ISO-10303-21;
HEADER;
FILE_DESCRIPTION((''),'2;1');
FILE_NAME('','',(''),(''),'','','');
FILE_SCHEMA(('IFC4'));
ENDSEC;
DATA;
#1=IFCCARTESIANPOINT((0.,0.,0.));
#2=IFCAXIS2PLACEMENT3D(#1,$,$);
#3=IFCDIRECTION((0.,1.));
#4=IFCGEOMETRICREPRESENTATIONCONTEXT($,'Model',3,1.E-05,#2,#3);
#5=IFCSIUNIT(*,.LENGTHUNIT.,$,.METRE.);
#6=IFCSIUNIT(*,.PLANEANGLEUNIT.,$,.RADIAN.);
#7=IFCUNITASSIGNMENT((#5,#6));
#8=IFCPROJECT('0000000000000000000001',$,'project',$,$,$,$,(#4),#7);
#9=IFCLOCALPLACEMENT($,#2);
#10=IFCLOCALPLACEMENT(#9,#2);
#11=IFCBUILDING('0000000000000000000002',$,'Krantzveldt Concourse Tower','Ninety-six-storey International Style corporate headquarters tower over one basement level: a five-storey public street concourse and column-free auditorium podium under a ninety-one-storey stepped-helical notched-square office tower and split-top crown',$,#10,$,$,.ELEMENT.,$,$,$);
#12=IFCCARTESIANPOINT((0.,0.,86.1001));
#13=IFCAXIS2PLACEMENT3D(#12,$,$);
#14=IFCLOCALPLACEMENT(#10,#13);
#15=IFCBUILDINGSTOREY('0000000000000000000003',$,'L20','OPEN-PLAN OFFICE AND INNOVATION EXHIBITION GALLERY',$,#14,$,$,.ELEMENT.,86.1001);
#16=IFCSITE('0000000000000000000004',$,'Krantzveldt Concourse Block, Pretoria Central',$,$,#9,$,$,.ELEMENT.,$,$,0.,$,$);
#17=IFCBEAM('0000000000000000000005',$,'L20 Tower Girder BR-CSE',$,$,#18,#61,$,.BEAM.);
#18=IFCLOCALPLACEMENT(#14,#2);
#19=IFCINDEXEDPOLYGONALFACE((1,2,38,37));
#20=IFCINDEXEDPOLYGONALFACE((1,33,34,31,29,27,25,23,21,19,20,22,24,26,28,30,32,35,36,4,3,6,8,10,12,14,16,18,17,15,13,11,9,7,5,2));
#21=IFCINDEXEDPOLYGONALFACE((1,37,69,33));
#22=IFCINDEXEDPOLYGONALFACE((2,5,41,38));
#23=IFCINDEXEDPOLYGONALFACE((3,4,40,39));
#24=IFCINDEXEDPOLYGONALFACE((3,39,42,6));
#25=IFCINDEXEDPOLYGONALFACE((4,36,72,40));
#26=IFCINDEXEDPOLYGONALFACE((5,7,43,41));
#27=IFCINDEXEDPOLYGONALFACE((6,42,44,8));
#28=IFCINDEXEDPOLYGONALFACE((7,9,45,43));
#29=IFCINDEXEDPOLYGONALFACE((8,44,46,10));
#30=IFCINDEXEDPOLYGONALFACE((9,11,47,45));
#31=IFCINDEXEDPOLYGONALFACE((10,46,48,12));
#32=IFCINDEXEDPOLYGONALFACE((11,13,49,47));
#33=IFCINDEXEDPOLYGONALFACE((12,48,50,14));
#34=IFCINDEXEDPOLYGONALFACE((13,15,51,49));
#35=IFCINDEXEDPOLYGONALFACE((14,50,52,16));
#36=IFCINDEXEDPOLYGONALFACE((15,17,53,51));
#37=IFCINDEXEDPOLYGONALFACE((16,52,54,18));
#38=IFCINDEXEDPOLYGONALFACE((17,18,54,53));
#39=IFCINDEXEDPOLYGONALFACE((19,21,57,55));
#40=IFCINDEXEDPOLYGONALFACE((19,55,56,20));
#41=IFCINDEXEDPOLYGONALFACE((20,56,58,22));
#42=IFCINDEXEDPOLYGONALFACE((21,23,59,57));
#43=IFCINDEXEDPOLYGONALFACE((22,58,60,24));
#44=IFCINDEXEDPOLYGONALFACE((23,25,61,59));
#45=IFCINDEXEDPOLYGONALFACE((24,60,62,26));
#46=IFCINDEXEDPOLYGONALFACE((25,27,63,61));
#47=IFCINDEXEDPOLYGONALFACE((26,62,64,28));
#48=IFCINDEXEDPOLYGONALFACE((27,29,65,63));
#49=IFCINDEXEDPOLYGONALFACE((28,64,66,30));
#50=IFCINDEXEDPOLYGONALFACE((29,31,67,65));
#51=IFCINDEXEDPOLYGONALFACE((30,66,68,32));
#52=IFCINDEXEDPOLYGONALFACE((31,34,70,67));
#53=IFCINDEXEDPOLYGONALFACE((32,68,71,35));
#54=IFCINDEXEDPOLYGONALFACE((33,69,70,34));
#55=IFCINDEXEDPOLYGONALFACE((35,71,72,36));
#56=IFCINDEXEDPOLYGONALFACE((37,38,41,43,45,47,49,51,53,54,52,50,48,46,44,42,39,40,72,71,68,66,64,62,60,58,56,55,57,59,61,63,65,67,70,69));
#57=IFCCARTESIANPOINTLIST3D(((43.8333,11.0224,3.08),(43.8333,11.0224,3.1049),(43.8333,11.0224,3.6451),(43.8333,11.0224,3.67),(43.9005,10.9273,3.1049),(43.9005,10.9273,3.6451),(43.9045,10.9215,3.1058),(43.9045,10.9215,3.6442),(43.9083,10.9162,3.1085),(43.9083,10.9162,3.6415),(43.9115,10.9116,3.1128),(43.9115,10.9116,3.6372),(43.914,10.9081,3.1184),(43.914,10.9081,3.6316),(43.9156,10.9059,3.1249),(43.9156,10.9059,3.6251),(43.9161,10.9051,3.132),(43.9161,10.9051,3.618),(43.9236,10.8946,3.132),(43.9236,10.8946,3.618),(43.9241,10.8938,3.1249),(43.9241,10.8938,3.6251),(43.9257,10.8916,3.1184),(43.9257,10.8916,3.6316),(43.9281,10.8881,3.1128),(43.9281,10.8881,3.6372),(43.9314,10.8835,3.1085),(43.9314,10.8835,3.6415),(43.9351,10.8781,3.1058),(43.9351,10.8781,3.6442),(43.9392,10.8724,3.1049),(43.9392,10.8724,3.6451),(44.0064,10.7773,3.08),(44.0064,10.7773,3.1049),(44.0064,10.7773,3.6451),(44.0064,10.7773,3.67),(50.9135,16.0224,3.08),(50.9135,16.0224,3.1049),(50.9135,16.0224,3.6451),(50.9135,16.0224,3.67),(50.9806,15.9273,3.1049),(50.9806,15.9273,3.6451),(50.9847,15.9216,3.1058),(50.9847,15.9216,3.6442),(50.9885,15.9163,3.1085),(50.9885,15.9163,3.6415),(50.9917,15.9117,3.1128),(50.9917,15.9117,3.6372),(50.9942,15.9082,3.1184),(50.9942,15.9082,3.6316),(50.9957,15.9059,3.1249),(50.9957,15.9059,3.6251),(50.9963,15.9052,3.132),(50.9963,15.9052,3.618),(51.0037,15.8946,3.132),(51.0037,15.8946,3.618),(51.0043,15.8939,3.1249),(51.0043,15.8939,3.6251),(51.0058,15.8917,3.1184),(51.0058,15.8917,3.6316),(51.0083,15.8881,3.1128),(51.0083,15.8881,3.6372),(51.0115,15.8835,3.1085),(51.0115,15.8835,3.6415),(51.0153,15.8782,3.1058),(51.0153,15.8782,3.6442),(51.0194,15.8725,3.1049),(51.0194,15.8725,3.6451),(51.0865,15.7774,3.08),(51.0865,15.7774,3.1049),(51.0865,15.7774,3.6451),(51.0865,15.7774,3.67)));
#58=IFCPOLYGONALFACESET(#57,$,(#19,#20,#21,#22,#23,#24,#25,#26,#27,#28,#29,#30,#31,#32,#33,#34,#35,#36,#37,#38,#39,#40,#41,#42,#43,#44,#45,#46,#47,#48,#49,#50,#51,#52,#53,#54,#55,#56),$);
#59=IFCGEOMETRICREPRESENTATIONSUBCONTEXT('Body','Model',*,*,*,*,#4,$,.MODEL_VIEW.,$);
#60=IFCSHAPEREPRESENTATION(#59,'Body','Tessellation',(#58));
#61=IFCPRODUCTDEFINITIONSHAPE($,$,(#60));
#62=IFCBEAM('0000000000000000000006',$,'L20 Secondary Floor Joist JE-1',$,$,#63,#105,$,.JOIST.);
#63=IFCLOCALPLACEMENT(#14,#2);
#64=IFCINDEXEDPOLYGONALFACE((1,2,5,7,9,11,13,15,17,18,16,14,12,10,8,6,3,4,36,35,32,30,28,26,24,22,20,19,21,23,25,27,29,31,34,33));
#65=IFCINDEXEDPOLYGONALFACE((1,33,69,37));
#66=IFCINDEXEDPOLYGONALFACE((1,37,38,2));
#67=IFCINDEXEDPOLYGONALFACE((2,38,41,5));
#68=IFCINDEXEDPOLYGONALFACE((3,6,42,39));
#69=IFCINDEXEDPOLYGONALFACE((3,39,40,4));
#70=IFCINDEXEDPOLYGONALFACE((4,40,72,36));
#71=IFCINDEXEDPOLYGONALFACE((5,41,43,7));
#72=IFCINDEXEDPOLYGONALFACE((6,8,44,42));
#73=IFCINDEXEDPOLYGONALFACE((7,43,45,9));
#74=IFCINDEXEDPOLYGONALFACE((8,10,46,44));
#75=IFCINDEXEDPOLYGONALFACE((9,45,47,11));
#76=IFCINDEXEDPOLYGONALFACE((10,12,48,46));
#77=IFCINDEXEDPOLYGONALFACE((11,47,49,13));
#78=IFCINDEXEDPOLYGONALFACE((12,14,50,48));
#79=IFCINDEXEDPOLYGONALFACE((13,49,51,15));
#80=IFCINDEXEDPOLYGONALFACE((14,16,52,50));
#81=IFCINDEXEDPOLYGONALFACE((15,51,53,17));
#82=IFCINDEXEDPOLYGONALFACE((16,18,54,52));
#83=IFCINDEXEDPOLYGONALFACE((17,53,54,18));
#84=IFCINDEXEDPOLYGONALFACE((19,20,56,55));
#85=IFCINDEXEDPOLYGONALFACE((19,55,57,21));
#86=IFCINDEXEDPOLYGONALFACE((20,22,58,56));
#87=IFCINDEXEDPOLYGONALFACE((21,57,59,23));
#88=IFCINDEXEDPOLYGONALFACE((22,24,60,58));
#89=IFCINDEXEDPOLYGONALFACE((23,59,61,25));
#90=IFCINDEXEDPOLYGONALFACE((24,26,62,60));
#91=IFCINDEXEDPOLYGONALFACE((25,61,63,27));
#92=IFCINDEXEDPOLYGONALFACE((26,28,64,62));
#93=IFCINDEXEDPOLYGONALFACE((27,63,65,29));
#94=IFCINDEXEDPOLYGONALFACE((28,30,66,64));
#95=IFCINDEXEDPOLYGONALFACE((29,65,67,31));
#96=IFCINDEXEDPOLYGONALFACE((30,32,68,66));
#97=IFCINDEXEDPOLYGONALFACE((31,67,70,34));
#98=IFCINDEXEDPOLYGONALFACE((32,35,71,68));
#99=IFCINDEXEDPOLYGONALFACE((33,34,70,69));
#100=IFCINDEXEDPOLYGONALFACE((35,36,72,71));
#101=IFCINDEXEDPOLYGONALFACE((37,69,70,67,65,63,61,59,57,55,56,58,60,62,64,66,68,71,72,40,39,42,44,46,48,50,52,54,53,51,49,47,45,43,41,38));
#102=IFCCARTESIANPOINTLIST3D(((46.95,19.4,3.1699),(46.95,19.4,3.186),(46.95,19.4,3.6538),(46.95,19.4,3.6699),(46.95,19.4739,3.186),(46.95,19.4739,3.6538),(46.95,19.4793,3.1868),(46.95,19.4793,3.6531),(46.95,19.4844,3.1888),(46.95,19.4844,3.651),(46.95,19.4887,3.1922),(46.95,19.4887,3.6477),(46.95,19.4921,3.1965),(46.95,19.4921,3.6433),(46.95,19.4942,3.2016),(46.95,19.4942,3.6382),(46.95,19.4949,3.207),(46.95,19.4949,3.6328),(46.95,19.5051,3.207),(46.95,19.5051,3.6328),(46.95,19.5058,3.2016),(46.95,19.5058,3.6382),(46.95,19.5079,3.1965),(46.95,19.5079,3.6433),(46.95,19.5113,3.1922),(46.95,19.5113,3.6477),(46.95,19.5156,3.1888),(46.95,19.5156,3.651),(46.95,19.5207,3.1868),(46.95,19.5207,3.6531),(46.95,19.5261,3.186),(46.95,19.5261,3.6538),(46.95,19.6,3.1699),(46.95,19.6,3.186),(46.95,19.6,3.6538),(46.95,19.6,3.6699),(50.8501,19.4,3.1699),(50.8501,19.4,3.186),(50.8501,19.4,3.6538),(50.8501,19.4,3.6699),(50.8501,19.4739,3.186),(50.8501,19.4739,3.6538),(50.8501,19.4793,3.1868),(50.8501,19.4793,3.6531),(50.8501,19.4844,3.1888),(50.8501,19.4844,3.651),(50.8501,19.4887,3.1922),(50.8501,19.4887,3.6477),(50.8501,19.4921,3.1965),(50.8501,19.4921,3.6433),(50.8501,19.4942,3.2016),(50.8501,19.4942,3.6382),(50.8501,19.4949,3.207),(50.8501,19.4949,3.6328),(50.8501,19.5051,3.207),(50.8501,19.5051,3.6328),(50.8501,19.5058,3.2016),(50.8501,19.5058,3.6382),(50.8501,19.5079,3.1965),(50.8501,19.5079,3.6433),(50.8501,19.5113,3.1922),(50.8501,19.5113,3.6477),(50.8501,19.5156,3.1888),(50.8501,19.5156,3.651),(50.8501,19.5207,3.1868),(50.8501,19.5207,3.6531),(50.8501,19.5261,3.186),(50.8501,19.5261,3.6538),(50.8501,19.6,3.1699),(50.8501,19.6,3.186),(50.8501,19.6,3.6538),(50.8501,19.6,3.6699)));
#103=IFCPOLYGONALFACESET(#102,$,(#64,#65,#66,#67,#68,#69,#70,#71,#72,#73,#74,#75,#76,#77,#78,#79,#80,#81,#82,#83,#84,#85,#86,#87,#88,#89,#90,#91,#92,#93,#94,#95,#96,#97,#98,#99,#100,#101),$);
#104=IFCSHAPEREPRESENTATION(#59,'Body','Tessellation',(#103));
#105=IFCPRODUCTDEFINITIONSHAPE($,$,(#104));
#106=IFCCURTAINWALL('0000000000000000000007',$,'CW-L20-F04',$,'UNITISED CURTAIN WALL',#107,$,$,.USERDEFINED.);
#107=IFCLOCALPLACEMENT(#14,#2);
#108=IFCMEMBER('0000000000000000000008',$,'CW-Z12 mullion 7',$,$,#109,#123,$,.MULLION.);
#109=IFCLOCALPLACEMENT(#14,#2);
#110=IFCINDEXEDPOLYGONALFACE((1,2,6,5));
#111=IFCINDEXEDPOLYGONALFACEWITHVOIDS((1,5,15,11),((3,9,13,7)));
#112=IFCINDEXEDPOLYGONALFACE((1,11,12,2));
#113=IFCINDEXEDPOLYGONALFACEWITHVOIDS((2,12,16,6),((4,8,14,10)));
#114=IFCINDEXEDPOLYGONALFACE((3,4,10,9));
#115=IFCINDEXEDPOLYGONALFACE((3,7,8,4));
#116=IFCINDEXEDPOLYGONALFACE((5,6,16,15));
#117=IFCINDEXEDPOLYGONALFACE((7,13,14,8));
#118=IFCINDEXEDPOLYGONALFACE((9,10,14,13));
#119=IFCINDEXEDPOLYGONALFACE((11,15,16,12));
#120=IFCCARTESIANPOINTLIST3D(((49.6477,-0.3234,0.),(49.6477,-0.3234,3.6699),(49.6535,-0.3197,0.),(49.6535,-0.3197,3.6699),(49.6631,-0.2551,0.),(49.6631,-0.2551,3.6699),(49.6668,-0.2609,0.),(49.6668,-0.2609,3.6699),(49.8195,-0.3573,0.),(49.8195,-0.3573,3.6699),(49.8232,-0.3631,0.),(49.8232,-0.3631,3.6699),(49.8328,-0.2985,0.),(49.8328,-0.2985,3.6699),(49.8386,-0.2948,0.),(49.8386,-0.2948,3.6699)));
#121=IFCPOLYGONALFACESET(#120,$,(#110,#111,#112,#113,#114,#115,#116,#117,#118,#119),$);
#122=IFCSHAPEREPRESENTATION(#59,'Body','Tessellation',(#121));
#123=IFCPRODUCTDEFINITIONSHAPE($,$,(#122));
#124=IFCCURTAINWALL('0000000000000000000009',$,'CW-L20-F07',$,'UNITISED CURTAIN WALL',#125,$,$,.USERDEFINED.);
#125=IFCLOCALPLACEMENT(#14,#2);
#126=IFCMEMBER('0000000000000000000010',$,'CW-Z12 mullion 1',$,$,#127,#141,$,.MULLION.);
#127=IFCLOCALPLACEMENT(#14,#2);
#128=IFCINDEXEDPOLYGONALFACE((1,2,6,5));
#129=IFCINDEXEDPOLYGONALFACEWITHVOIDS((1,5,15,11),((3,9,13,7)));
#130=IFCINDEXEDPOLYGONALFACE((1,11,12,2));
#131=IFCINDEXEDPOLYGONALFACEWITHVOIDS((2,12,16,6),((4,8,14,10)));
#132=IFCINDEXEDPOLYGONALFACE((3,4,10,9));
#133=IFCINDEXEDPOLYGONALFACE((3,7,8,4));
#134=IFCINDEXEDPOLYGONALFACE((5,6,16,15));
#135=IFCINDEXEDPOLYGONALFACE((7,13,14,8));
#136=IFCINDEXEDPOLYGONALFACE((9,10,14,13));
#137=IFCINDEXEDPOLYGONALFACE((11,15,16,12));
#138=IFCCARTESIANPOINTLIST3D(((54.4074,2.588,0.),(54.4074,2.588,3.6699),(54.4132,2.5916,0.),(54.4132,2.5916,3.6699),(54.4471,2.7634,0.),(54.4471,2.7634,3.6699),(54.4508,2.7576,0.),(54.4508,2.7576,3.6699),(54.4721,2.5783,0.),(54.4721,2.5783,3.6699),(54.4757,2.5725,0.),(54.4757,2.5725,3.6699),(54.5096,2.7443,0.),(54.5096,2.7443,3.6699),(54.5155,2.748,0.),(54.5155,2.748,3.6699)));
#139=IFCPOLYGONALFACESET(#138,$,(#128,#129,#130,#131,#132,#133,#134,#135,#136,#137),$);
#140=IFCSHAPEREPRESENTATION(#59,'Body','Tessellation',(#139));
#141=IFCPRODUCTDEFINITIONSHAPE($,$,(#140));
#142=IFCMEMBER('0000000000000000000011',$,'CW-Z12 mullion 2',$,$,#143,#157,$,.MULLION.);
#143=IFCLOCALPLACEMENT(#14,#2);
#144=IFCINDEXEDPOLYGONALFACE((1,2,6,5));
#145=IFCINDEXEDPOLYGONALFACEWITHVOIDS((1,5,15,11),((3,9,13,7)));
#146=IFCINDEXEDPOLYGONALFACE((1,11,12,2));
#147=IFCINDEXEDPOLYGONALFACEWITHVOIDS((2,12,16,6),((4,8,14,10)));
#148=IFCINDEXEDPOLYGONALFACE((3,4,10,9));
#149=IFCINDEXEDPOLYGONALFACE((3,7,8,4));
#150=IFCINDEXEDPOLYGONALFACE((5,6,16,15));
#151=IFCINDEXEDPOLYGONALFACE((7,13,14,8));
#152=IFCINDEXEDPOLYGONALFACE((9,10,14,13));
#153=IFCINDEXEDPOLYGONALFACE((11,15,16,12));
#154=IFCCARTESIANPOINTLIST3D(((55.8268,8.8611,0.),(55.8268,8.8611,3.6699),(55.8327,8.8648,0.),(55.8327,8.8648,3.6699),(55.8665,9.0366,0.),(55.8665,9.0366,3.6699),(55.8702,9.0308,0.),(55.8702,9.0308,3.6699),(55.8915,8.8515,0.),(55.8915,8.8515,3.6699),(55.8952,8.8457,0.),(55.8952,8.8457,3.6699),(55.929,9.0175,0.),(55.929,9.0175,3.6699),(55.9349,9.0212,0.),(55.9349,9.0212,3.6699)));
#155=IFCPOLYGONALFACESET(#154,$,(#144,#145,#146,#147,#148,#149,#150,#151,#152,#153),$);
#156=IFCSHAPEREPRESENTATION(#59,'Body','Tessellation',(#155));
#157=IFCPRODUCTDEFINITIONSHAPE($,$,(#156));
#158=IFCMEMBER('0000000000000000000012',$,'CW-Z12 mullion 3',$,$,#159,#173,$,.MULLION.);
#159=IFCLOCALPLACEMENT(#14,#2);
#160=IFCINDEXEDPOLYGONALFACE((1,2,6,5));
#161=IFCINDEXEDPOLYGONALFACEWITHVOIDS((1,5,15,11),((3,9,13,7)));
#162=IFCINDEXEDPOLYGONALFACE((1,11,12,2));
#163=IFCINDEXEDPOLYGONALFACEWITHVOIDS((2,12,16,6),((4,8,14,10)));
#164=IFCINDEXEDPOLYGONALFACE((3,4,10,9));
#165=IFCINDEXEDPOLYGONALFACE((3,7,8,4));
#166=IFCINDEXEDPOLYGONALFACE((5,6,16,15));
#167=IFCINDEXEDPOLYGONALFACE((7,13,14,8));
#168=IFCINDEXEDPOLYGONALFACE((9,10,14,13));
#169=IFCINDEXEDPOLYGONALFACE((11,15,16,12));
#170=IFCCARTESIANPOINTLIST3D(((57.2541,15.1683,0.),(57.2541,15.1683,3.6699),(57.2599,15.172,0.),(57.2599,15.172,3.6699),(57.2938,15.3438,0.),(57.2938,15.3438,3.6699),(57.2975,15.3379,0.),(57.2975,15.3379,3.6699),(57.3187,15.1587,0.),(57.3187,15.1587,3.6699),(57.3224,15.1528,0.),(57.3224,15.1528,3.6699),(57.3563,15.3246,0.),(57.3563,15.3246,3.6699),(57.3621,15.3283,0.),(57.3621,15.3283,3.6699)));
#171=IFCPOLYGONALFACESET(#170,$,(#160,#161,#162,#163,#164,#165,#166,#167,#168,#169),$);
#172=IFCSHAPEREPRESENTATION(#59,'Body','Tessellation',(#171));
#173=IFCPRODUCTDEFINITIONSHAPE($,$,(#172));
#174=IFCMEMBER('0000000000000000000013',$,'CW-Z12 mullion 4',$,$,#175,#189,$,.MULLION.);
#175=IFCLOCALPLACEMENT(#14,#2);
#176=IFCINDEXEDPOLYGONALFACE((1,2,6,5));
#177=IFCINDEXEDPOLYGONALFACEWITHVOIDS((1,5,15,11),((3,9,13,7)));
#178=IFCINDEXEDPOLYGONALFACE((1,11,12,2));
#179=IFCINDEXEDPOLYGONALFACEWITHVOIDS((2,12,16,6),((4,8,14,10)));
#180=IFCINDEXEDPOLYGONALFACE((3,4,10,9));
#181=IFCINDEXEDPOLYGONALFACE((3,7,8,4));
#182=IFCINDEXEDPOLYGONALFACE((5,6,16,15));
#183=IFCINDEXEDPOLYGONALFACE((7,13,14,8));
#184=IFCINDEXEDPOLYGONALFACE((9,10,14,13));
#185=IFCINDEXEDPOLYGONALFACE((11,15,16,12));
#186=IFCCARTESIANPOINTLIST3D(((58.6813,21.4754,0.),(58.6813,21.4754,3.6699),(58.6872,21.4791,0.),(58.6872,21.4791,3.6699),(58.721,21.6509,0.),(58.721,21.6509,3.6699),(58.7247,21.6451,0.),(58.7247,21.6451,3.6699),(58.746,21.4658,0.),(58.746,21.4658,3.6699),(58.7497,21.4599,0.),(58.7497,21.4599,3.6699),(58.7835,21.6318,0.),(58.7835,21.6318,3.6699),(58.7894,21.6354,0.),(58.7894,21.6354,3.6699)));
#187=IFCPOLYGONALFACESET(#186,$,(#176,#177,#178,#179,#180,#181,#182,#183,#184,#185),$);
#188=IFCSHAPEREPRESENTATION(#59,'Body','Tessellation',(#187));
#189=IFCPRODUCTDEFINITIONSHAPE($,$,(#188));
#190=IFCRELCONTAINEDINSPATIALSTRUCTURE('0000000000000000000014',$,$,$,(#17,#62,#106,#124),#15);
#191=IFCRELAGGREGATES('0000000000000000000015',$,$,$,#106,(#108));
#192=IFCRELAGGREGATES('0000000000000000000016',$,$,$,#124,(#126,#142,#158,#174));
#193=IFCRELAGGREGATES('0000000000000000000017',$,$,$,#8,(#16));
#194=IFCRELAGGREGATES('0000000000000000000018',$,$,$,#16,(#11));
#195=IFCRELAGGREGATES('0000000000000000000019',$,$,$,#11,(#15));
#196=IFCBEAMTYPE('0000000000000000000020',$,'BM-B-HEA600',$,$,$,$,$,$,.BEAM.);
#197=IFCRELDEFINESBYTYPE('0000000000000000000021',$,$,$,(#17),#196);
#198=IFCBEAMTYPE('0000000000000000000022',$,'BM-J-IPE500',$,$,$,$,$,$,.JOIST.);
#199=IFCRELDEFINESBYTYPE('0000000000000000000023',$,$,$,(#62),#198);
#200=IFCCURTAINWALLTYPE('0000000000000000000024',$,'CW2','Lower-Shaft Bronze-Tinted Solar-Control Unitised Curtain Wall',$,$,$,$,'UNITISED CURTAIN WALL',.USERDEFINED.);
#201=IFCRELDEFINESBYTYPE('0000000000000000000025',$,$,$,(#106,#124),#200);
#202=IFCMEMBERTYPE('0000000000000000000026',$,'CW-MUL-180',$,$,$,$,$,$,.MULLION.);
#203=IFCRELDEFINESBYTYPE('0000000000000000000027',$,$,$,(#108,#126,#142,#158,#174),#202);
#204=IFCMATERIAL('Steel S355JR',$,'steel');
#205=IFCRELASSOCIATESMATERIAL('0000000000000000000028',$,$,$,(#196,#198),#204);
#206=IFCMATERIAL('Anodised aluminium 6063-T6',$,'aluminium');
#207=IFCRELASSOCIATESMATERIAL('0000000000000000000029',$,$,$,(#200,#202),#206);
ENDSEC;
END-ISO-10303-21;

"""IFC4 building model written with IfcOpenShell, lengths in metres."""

from ifc_helpers import new_model, si_unit, direction, frame, origin, origin_2d, place, context, subcontext, project, spatial, hollow_rectangle, i_section, extrude, source, transform, mapped, material, material_profile, profile_set, type_object, type_shapes, element, aggregate, save


model = new_model("IFC4")

# Units and contexts
model_context = context("Model", 3, precision=1e-05, world=origin(), true_north=direction((0.0, 1.0)))
body_context = subcontext(model_context, "Body", "Model", "MODEL_VIEW")
ifc_project = project(units=[si_unit("LENGTHUNIT", "METRE"), si_unit("PLANEANGLEUNIT", "RADIAN")], contexts=[model_context])

# Site, building, storey
site_placement = place(None, origin())
site = spatial("IfcSite", under=ifc_project, at=site_placement, Name="Krantzveldt Concourse Block, Pretoria Central", CompositionType="ELEMENT", RefElevation=0.0)
building_placement = place(site_placement, origin())
building = spatial("IfcBuilding", under=site, at=building_placement, Name="Krantzveldt Concourse Tower", Description="Ninety-six-storey International Style corporate headquarters tower over one basement level: a five-storey public street concourse and column-free auditorium podium under a ninety-one-storey stepped-helical notched-square office tower and split-top crown", CompositionType="ELEMENT")
storey_placement = place(building_placement, frame((0.0, 0.0, 86.1001)))
storey = spatial("IfcBuildingStorey", under=building, at=storey_placement, Name="L20", Description="OPEN-PLAN OFFICE AND INNOVATION EXHIBITION GALLERY", CompositionType="ELEMENT", Elevation=86.1001)

# Beams
ifc_material_1 = material(Name="Steel S355JR", Category="steel")
ifc_material_profile_1 = material_profile(ifc_material_1, i_section(OverallWidth=0.3, OverallDepth=0.5901, WebThickness=0.0129, FlangeThickness=0.0249, FilletRadius=0.0271, at=origin_2d()), Name="Steel S355JR", Category="steel")
ifc_profile_set_1 = profile_set([ifc_material_profile_1], Name="Steel S355JR - HEA 600")
beam_type_1 = type_object("IfcBeamType", Name="BM-B-HEA600", PredefinedType="BEAM", material=ifc_profile_set_1)
shared_shape_1 = source(origin(), body_context, "Body", "SweptSolid", [
    extrude(i_section(OverallWidth=0.3, OverallDepth=0.5901, WebThickness=0.0129, FlangeThickness=0.0249, FilletRadius=0.0271, at=origin_2d()), origin(), (0.0, 0.0, 1.0), 8.6677),
])
beam_1_placement = place(storey_placement, frame((51.0, 15.8999, 3.375), z_axis=(-0.816843, -0.57686, 0.0), x_axis=(0.57686, -0.816843, 0.0)))
element("IfcBeam", 1, at=beam_1_placement, inside=storey, type_object=beam_type_1, Name="L20 Tower Girder BR-CSE", PredefinedType="BEAM", context=body_context, shape_type="MappedRepresentation", body=[
    mapped(shared_shape_1, transform((0.0, 0.0, 0.0), x_axis=(1.0, 0.0, 0.0), y_axis=(0.0, 1.0, 0.0), z_axis=(0.0, 0.0, 1.0), scale=1.0)),
])
ifc_material_profile_2 = material_profile(ifc_material_1, i_section(OverallWidth=0.2, OverallDepth=0.5, WebThickness=0.0103, FlangeThickness=0.0161, FilletRadius=0.021, at=origin_2d()), Name="Steel S355JR", Category="steel")
ifc_profile_set_2 = profile_set([ifc_material_profile_2], Name="Steel S355JR - IPE 500")
beam_type_2 = type_object("IfcBeamType", Name="BM-J-IPE500", PredefinedType="JOIST", material=ifc_profile_set_2)
shared_shape_2 = source(origin(), body_context, "Body", "SweptSolid", [
    extrude(i_section(OverallWidth=0.2, OverallDepth=0.5, WebThickness=0.0103, FlangeThickness=0.0161, FilletRadius=0.021, at=origin_2d()), origin(), (0.0, 0.0, 1.0), 3.9001),
])
type_shapes(beam_type_2, [shared_shape_2])
beam_2_placement = place(storey_placement, frame((46.95, 19.5, 3.4199), z_axis=(1.0, 0.0, 0.0), x_axis=(0.0, 1.0, 0.0)))
element("IfcBeam", 2, at=beam_2_placement, inside=storey, type_object=beam_type_2, Name="L20 Secondary Floor Joist JE-1", PredefinedType="JOIST", context=body_context, shape_type="MappedRepresentation", body=[
    mapped(shared_shape_2, transform((0.0, 0.0, 0.0), x_axis=(1.0, 0.0, 0.0), y_axis=(0.0, 1.0, 0.0), z_axis=(0.0, 0.0, 1.0), scale=1.0)),
])

# Curtain wall, member
ifc_material_2 = material(Name="Anodised aluminium 6063-T6", Category="aluminium")
curtain_wall_type = type_object("IfcCurtainWallType", Name="CW2", Description="Lower-Shaft Bronze-Tinted Solar-Control Unitised Curtain Wall", ElementType="UNITISED CURTAIN WALL", PredefinedType="USERDEFINED", material=ifc_material_2)
curtain_wall_1_placement = place(storey_placement, origin())
curtain_wall_1 = element("IfcCurtainWall", 3, at=curtain_wall_1_placement, inside=storey, type_object=curtain_wall_type, Name="CW-L20-F04", ObjectType="UNITISED CURTAIN WALL", PredefinedType="USERDEFINED")
ifc_material_profile_3 = material_profile(ifc_material_2, hollow_rectangle(XDim=0.0701, YDim=0.1799, WallThickness=0.0049, at=origin_2d()), Name="Anodised aluminium 6063-T6", Category="aluminium")
ifc_profile_set_3 = profile_set([ifc_material_profile_3], Name="Anodised aluminium 6063-T6 - ALU-MULL 180x70x5")
member_type_1 = type_object("IfcMemberType", Name="CW-MUL-180", PredefinedType="MULLION", material=ifc_profile_set_3)
shared_shape_3 = source(origin(), body_context, "Body", "SweptSolid", [
    extrude(hollow_rectangle(XDim=0.0701, YDim=0.1799, WallThickness=0.0049, at=origin_2d()), origin(), (0.0, 0.0, 1.0), 3.6699),
])
type_shapes(member_type_1, [shared_shape_3])
member_1_placement = place(storey_placement, frame((49.7432, -0.3091, 0.0), z_axis=(0.0, 0.0, 1.0), x_axis=(0.220697, 0.975342, 0.0)))
member_1 = element("IfcMember", 4, at=member_1_placement, type_object=member_type_1, Name="CW-Z12 mullion 7", PredefinedType="MULLION", context=body_context, shape_type="MappedRepresentation", body=[
    mapped(shared_shape_3, transform((0.0, 0.0, 0.0), x_axis=(1.0, 0.0, 0.0), y_axis=(0.0, 1.0, 0.0), z_axis=(0.0, 0.0, 1.0), scale=1.0)),
])

# Curtain wall, members
curtain_wall_2_placement = place(storey_placement, origin())
curtain_wall_2 = element("IfcCurtainWall", 5, at=curtain_wall_2_placement, inside=storey, type_object=curtain_wall_type, Name="CW-L20-F07", ObjectType="UNITISED CURTAIN WALL", PredefinedType="USERDEFINED")
member_2_placement = place(storey_placement, frame((54.4614, 2.668, 0.0), z_axis=(0.0, 0.0, 1.0), x_axis=(-0.975342, 0.220697, 0.0)))
member_2 = element("IfcMember", 6, at=member_2_placement, type_object=member_type_1, Name="CW-Z12 mullion 1", PredefinedType="MULLION", context=body_context, shape_type="MappedRepresentation", body=[
    mapped(shared_shape_3, transform((0.0, 0.0, 0.0), x_axis=(1.0, 0.0, 0.0), y_axis=(0.0, 1.0, 0.0), z_axis=(0.0, 0.0, 1.0), scale=1.0)),
])
member_3_placement = place(storey_placement, frame((55.8809, 8.9412, 0.0), z_axis=(0.0, 0.0, 1.0), x_axis=(-0.975342, 0.220697, 0.0)))
member_3 = element("IfcMember", 7, at=member_3_placement, type_object=member_type_1, Name="CW-Z12 mullion 2", PredefinedType="MULLION", context=body_context, shape_type="MappedRepresentation", body=[
    mapped(shared_shape_3, transform((0.0, 0.0, 0.0), x_axis=(1.0, 0.0, 0.0), y_axis=(0.0, 1.0, 0.0), z_axis=(0.0, 0.0, 1.0), scale=1.0)),
])
member_4_placement = place(storey_placement, frame((57.3081, 15.2483, 0.0), z_axis=(0.0, 0.0, 1.0), x_axis=(-0.975342, 0.220697, 0.0)))
member_4 = element("IfcMember", 8, at=member_4_placement, type_object=member_type_1, Name="CW-Z12 mullion 3", PredefinedType="MULLION", context=body_context, shape_type="MappedRepresentation", body=[
    mapped(shared_shape_3, transform((0.0, 0.0, 0.0), x_axis=(1.0, 0.0, 0.0), y_axis=(0.0, 1.0, 0.0), z_axis=(0.0, 0.0, 1.0), scale=1.0)),
])
member_5_placement = place(storey_placement, frame((58.7354, 21.5554, 0.0), z_axis=(0.0, 0.0, 1.0), x_axis=(-0.975342, 0.220697, 0.0)))
member_5 = element("IfcMember", 9, at=member_5_placement, type_object=member_type_1, Name="CW-Z12 mullion 4", PredefinedType="MULLION", context=body_context, shape_type="MappedRepresentation", body=[
    mapped(shared_shape_3, transform((0.0, 0.0, 0.0), x_axis=(1.0, 0.0, 0.0), y_axis=(0.0, 1.0, 0.0), z_axis=(0.0, 0.0, 1.0), scale=1.0)),
])

aggregate(curtain_wall_1, [member_1])
aggregate(curtain_wall_2, [member_2, member_3, member_4, member_5])

save(model, "model.ifc")
